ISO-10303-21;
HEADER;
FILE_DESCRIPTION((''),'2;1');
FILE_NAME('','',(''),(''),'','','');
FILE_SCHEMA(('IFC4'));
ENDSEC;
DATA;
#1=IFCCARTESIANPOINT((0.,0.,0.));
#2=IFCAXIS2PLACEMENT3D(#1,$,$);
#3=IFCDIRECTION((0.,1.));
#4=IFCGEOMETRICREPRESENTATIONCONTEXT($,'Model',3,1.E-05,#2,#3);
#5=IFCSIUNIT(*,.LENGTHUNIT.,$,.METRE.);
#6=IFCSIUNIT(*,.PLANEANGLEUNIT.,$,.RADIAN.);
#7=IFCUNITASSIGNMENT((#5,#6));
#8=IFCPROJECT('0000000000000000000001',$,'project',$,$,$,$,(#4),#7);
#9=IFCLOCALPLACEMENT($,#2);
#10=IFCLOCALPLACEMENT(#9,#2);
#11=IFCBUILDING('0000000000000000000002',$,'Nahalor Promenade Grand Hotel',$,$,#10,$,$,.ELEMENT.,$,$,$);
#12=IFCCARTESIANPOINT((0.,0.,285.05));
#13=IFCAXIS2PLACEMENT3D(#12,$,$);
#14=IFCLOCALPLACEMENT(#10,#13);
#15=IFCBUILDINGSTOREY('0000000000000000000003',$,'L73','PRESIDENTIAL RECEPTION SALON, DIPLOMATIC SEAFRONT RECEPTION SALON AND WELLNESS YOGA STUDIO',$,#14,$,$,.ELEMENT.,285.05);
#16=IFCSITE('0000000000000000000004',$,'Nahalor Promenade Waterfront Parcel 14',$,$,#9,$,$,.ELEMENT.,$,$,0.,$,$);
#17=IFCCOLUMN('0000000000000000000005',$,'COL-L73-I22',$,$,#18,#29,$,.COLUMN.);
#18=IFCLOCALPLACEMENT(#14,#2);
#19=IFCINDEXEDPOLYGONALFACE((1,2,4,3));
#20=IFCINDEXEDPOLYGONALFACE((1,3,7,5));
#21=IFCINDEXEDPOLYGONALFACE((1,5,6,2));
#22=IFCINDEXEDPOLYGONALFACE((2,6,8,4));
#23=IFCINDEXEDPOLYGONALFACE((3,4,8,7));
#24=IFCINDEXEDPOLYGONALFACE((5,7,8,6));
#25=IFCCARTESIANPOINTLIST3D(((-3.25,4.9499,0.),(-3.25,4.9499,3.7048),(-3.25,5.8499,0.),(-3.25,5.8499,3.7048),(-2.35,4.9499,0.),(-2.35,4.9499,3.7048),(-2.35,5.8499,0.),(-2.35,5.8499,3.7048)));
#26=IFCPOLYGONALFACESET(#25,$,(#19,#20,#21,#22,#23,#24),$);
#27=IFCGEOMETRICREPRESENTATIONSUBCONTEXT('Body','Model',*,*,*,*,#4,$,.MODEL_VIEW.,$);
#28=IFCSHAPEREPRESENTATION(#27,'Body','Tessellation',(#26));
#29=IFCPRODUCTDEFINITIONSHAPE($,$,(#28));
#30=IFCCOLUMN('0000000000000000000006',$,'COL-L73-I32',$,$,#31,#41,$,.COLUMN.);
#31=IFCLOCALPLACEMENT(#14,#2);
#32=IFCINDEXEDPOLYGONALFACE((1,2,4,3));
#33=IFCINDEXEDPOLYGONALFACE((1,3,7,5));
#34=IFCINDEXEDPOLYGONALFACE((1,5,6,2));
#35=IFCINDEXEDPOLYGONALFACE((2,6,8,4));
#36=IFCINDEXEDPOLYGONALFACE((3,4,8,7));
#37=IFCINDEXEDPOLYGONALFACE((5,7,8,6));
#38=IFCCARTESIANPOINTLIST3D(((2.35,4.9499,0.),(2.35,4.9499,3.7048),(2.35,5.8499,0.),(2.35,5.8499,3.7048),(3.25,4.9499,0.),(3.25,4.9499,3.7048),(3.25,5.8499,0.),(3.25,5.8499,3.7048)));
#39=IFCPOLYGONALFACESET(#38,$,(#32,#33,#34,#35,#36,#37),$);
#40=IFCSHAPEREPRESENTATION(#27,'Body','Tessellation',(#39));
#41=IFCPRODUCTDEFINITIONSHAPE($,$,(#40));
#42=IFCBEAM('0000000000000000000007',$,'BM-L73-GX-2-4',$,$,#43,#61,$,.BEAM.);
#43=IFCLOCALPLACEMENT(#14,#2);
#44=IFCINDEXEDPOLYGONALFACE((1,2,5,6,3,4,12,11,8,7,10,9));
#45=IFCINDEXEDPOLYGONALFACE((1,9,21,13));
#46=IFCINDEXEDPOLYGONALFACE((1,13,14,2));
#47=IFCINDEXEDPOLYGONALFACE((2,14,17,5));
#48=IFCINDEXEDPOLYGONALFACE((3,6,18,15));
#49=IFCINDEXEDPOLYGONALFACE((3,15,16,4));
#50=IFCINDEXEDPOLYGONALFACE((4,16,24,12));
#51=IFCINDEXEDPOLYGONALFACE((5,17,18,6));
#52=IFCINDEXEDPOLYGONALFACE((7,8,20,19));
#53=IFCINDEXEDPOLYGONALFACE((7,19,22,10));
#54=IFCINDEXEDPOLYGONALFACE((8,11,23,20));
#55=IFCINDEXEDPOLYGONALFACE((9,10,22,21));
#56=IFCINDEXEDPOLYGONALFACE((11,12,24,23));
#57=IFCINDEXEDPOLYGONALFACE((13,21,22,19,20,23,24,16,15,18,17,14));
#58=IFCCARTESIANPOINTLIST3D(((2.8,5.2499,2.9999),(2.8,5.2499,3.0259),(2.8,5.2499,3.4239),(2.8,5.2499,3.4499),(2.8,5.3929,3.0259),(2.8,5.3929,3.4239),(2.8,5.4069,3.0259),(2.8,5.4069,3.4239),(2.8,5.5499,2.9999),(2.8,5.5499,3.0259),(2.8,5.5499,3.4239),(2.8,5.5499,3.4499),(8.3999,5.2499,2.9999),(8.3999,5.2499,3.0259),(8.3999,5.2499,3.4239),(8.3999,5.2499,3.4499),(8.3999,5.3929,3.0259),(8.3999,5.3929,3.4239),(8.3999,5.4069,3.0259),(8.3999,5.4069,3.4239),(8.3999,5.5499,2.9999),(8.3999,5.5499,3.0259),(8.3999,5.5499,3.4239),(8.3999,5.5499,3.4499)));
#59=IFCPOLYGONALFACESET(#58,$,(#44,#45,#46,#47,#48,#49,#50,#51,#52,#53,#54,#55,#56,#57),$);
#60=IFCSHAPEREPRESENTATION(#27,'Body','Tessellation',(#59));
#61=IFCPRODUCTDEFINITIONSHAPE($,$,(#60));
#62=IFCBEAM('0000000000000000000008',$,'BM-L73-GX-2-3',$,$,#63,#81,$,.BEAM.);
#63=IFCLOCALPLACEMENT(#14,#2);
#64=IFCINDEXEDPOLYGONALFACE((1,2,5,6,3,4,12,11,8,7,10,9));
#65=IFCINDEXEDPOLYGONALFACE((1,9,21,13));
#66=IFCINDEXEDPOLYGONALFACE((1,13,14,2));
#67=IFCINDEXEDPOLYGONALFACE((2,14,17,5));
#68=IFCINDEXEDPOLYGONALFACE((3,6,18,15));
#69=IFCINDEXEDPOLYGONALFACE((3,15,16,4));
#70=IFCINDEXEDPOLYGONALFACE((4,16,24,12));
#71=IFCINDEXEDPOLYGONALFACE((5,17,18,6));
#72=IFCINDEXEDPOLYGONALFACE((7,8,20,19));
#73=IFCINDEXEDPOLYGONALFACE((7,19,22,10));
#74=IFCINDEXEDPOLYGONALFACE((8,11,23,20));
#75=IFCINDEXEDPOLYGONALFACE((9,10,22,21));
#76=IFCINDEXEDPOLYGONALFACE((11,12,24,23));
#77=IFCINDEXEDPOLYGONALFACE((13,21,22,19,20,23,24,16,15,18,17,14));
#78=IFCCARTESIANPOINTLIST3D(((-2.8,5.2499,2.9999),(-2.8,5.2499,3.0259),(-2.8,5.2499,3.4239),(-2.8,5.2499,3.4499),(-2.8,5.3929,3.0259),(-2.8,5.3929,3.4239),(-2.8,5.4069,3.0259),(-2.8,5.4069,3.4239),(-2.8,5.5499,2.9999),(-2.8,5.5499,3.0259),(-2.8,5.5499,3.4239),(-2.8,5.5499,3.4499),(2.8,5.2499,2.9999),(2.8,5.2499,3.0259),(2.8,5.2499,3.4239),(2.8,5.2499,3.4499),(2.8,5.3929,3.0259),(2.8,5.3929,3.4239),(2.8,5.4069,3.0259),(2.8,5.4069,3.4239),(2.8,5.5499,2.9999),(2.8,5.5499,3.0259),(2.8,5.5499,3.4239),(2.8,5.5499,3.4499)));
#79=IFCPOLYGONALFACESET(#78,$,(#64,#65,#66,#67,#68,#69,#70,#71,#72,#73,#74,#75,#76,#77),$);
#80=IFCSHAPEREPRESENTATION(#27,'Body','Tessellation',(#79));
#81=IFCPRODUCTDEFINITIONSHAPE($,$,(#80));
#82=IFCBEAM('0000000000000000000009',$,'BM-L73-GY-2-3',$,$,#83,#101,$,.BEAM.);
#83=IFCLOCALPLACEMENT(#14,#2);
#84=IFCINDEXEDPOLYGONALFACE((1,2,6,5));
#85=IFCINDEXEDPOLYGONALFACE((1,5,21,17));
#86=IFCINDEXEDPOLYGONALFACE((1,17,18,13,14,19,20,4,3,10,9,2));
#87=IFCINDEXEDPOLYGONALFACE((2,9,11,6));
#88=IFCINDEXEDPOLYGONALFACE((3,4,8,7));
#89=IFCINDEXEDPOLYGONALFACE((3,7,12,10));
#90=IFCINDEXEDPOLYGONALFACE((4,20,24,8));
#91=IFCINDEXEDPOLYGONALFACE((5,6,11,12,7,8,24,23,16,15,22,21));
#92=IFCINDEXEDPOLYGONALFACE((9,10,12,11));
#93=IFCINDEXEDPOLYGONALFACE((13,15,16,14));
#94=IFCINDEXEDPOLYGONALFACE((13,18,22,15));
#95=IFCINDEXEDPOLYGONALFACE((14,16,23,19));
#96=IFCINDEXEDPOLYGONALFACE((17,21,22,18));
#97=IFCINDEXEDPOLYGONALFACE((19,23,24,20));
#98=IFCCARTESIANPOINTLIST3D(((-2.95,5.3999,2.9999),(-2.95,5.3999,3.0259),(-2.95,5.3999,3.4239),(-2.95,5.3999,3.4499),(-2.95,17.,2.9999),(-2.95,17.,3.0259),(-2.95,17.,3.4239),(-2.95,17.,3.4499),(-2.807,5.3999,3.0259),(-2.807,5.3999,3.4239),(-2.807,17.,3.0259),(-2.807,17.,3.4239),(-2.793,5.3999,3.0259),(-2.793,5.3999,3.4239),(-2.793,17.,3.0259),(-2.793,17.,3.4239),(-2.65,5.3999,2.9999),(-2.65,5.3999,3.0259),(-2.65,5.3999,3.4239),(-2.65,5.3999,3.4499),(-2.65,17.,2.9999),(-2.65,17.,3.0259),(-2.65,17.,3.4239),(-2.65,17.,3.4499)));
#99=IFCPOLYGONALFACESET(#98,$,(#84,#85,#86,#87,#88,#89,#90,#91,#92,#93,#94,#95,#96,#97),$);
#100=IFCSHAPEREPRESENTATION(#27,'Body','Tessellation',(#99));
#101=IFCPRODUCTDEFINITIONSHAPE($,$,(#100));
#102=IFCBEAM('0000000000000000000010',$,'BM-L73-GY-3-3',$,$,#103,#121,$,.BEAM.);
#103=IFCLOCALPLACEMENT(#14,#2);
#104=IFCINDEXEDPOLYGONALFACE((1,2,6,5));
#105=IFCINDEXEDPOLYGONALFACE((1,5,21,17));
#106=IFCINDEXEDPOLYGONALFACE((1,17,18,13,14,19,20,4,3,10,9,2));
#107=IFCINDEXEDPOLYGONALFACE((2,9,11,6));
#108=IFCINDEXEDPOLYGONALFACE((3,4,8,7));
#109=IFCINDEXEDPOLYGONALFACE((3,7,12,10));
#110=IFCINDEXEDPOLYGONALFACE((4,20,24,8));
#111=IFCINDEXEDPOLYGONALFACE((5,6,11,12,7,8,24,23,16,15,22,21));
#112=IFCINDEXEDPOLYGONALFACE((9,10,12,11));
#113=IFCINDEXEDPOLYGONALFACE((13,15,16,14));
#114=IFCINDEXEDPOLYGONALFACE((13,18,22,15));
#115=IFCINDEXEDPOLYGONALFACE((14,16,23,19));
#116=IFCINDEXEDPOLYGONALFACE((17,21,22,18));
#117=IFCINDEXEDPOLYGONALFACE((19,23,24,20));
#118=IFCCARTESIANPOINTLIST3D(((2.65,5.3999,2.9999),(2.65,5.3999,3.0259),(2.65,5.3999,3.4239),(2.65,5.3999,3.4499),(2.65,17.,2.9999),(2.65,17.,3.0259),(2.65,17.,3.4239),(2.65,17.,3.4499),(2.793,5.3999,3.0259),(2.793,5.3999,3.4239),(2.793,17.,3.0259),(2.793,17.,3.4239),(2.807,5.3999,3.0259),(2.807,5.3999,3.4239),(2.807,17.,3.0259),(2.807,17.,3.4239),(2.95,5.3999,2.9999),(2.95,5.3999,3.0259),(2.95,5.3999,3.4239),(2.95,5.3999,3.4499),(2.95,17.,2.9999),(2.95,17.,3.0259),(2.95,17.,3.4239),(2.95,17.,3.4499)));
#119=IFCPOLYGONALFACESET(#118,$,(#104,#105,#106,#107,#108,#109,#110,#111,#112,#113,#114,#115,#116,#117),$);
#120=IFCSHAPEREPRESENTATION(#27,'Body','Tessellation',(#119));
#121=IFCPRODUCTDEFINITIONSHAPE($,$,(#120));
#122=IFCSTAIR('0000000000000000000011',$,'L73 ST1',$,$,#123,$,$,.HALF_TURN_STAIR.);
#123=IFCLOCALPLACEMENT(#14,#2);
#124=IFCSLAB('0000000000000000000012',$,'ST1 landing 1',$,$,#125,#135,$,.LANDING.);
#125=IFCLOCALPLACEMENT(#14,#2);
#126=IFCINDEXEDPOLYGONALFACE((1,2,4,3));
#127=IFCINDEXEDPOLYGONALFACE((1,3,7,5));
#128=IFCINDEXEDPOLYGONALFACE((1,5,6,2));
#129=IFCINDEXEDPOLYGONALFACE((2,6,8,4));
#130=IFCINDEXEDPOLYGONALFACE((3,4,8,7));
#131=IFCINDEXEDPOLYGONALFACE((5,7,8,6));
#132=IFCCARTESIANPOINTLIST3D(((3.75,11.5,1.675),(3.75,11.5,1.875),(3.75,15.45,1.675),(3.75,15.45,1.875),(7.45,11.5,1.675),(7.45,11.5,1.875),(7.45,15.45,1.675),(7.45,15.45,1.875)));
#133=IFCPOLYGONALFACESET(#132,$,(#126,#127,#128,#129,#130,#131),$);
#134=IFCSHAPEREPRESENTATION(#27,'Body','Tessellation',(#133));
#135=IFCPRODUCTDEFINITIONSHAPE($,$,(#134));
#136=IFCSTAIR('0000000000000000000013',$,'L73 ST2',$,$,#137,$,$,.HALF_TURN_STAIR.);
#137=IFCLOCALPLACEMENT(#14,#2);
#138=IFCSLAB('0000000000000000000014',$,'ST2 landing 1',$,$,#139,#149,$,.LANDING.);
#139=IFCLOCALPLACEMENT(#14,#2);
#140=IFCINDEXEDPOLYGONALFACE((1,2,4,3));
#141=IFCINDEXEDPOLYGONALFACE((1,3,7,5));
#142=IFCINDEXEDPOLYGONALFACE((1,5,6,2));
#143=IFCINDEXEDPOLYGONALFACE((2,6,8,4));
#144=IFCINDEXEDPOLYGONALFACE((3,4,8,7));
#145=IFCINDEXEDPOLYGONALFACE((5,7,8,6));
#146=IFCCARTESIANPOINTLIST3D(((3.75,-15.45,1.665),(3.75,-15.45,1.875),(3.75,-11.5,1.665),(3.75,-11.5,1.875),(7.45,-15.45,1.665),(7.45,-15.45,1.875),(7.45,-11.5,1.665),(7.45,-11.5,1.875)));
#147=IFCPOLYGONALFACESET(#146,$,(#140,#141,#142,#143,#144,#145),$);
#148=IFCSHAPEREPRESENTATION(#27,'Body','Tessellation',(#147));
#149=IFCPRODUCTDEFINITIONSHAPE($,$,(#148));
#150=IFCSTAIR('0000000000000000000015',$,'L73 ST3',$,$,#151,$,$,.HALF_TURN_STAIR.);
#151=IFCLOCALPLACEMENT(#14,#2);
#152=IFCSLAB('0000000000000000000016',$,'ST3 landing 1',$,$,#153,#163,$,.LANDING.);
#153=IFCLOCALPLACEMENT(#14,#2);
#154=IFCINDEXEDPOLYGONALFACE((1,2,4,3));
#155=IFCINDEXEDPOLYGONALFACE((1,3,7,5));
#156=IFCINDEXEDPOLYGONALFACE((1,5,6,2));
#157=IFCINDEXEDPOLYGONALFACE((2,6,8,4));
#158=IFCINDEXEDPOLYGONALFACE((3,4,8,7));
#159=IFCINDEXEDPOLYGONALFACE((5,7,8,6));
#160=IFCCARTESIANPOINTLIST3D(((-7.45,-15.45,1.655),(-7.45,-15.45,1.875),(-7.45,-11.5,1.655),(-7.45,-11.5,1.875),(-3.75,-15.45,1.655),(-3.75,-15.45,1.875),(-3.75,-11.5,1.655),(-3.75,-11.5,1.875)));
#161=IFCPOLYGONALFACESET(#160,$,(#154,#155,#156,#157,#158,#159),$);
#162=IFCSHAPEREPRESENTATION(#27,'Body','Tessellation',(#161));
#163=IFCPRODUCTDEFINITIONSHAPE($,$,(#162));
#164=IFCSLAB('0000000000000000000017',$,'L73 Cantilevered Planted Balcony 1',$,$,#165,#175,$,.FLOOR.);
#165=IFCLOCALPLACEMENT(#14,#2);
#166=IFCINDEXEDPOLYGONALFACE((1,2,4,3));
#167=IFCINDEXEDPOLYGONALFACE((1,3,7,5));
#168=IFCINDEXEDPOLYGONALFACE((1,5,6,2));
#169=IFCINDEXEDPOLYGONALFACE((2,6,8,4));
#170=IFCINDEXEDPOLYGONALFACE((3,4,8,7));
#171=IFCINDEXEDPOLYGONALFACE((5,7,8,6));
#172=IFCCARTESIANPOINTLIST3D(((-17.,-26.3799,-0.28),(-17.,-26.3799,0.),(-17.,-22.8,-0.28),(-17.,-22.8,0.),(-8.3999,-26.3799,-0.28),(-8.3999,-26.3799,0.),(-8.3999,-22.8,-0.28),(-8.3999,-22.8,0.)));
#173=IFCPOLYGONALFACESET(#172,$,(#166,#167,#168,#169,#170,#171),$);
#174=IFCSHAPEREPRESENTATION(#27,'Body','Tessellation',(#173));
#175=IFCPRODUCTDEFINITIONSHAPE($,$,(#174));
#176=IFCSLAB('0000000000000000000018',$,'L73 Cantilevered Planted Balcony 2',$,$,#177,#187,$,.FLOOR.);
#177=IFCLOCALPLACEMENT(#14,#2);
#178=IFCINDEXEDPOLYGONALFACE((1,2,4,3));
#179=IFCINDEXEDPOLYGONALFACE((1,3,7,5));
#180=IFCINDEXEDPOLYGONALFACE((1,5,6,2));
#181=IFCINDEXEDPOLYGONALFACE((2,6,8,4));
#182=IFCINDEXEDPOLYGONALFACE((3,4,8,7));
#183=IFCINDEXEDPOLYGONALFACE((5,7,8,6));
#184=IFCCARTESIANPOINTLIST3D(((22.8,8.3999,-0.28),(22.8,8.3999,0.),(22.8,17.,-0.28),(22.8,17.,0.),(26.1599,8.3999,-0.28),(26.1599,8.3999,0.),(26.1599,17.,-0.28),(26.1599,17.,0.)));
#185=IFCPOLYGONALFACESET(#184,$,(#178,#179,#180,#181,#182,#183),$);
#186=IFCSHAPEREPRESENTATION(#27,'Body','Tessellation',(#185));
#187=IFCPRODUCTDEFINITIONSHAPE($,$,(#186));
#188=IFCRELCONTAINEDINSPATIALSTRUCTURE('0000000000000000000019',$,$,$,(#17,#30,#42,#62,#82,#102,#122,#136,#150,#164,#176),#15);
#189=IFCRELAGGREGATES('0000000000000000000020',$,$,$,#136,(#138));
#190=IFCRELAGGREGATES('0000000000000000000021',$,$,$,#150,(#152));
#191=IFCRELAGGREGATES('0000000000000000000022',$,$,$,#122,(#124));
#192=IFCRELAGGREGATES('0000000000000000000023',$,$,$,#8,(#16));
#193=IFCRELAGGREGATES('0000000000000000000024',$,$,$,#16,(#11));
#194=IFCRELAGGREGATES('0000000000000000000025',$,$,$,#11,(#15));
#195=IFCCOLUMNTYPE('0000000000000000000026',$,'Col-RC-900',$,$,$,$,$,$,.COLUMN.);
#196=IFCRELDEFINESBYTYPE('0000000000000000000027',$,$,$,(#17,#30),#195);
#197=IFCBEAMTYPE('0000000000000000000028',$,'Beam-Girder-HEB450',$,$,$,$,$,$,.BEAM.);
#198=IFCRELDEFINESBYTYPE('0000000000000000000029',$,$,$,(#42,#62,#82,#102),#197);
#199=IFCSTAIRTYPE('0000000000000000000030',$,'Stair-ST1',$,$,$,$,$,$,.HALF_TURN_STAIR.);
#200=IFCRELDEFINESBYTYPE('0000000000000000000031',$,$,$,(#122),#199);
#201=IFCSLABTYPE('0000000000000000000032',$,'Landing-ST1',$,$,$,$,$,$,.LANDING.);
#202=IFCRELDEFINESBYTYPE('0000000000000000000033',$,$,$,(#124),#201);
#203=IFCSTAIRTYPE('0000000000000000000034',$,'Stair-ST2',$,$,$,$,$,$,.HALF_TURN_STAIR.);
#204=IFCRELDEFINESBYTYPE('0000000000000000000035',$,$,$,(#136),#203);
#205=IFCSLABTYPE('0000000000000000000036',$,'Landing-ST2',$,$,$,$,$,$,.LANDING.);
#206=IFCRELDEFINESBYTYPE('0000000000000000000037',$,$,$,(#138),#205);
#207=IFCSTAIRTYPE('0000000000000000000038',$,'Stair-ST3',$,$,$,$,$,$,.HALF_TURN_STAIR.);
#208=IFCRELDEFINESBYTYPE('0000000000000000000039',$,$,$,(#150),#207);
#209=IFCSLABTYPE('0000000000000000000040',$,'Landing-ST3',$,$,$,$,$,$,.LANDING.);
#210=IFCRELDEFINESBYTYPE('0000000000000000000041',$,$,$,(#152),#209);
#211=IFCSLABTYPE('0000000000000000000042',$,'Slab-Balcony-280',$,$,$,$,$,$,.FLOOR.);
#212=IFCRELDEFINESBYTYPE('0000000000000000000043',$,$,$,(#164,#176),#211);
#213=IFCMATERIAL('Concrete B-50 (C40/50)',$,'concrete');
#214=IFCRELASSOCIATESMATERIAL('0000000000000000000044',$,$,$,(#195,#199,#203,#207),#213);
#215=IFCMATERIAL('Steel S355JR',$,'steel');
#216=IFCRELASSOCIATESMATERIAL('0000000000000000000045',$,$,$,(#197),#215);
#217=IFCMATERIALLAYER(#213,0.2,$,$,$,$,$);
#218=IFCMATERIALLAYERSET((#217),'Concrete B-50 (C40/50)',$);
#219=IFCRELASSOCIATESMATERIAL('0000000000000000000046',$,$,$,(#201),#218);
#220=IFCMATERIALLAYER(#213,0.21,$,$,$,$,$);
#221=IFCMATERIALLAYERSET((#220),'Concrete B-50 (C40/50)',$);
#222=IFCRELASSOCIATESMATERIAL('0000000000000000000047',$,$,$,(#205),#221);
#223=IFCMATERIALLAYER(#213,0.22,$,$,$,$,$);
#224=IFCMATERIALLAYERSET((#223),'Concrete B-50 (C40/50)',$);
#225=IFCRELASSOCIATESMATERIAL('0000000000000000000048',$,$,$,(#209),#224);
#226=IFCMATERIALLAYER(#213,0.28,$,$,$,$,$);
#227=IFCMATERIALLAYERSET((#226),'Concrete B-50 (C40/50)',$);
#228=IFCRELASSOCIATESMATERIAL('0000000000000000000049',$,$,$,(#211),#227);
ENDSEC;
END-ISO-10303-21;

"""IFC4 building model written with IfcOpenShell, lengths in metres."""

from ifc_helpers import new_model, si_unit, direction, frame, origin, origin_2d, place, context, subcontext, project, spatial, polyline, rectangle, i_section, outline, extrude, source, transform, mapped, material, layer, layer_set, material_profile, profile_set, type_object, element, aggregate, save


model = new_model("IFC4")

# Units and contexts
model_context = context("Model", 3, precision=1e-05, world=origin(), true_north=direction((0.0, 1.0)))
body_context = subcontext(model_context, "Body", "Model", "MODEL_VIEW")
ifc_project = project(units=[si_unit("LENGTHUNIT", "METRE"), si_unit("PLANEANGLEUNIT", "RADIAN")], contexts=[model_context])

# Site, building, storey
site_placement = place(None, origin())
site = spatial("IfcSite", under=ifc_project, at=site_placement, Name="Nahalor Promenade Waterfront Parcel 14", CompositionType="ELEMENT", RefElevation=0.0)
building_placement = place(site_placement, origin())
building = spatial("IfcBuilding", under=site, at=building_placement, Name="Nahalor Promenade Grand Hotel", CompositionType="ELEMENT")
storey_placement = place(building_placement, frame((0.0, 0.0, 285.05)))
storey = spatial("IfcBuildingStorey", under=building, at=storey_placement, Name="L73", Description="PRESIDENTIAL RECEPTION SALON, DIPLOMATIC SEAFRONT RECEPTION SALON AND WELLNESS YOGA STUDIO", CompositionType="ELEMENT", Elevation=285.05)

# Columns
ifc_material_1 = material(Name="Concrete B-50 (C40/50)", Category="concrete")
ifc_material_profile_1 = material_profile(ifc_material_1, rectangle(XDim=0.9, YDim=0.9, at=origin_2d()), Name="RC 900x900")
ifc_profile_set_1 = profile_set([ifc_material_profile_1], Name="Concrete B-50 (C40/50)")
column_type = type_object("IfcColumnType", Name="Col-RC-900", PredefinedType="COLUMN", material=ifc_profile_set_1)
shared_shape_1 = source(origin(), body_context, "Body", "SweptSolid", [
    extrude(rectangle(XDim=0.9, YDim=0.9, at=origin_2d()), origin(), (0.0, 0.0, 1.0), 3.7048),
])
for number, where, z_axis, x_axis, name in (
    (1, (-2.8, 5.3999, 0.0), (0.0, 0.0, 1.0), (1.0, 0.0, 0.0), "COL-L73-I22"),
    (2, (2.8, 5.3999, 0.0), (0.0, 0.0, 1.0), (1.0, 0.0, 0.0), "COL-L73-I32"),
):
    element("IfcColumn", number, at=place(storey_placement, frame(where, z_axis=z_axis, x_axis=x_axis)), inside=storey, type_object=column_type, Name=name, PredefinedType="COLUMN", context=body_context, shape_type="MappedRepresentation", body=[
        mapped(shared_shape_1, transform((0.0, 0.0, 0.0), scale=1.0)),
    ])

# Beams
ifc_material_2 = material(Name="Steel S355JR", Category="steel")
ifc_material_profile_2 = material_profile(ifc_material_2, i_section(OverallWidth=0.3, OverallDepth=0.45, WebThickness=0.014, FlangeThickness=0.026, at=origin_2d()), Name="HEB 450")
ifc_profile_set_2 = profile_set([ifc_material_profile_2], Name="Steel S355JR")
beam_type = type_object("IfcBeamType", Name="Beam-Girder-HEB450", PredefinedType="BEAM", material=ifc_profile_set_2)
shared_shape_2 = source(origin(), body_context, "Body", "SweptSolid", [
    extrude(i_section(OverallWidth=0.3, OverallDepth=0.45, WebThickness=0.014, FlangeThickness=0.026, at=origin_2d()), origin(), (0.0, 0.0, 1.0), 5.5999),
])
beam_1_placement = place(storey_placement, frame((2.8, 5.3999, 3.2249), z_axis=(1.0, 0.0, 0.0), x_axis=(0.0, 1.0, 0.0)))
element("IfcBeam", 3, at=beam_1_placement, inside=storey, type_object=beam_type, Name="BM-L73-GX-2-4", PredefinedType="BEAM", context=body_context, shape_type="MappedRepresentation", body=[
    mapped(shared_shape_2, transform((0.0, 0.0, 0.0), scale=1.0)),
])
shared_shape_3 = source(origin(), body_context, "Body", "SweptSolid", [
    extrude(i_section(OverallWidth=0.3, OverallDepth=0.45, WebThickness=0.014, FlangeThickness=0.026, at=origin_2d()), origin(), (0.0, 0.0, 1.0), 5.6001),
])
beam_2_placement = place(storey_placement, frame((-2.8, 5.3999, 3.2249), z_axis=(1.0, 0.0, 0.0), x_axis=(0.0, 1.0, 0.0)))
element("IfcBeam", 4, at=beam_2_placement, inside=storey, type_object=beam_type, Name="BM-L73-GX-2-3", PredefinedType="BEAM", context=body_context, shape_type="MappedRepresentation", body=[
    mapped(shared_shape_3, transform((0.0, 0.0, 0.0), scale=1.0)),
])
shared_shape_4 = source(origin(), body_context, "Body", "SweptSolid", [
    extrude(i_section(OverallWidth=0.3, OverallDepth=0.45, WebThickness=0.014, FlangeThickness=0.026, at=origin_2d()), origin(), (0.0, 0.0, 1.0), 11.6001),
])
for number, where, z_axis, x_axis, name in (
    (5, (-2.8, 5.3999, 3.2249), (0.0, 1.0, 0.0), (-1.0, 0.0, 0.0), "BM-L73-GY-2-3"),
    (6, (2.8, 5.3999, 3.2249), (0.0, 1.0, 0.0), (-1.0, 0.0, 0.0), "BM-L73-GY-3-3"),
):
    element("IfcBeam", number, at=place(storey_placement, frame(where, z_axis=z_axis, x_axis=x_axis)), inside=storey, type_object=beam_type, Name=name, PredefinedType="BEAM", context=body_context, shape_type="MappedRepresentation", body=[
        mapped(shared_shape_4, transform((0.0, 0.0, 0.0), scale=1.0)),
    ])

# Stairs, slabs
stair_type_1 = type_object("IfcStairType", Name="Stair-ST1", PredefinedType="HALF_TURN_STAIR", material=ifc_material_1)
stair_1_placement = place(storey_placement, origin())
stair_1 = element("IfcStair", 7, at=stair_1_placement, inside=storey, type_object=stair_type_1, Name="L73 ST1", PredefinedType="HALF_TURN_STAIR")
ifc_layer_1 = layer(ifc_material_1, 0.2)
ifc_layer_set_1 = layer_set([ifc_layer_1], Name="Concrete B-50 (C40/50)")
slab_type_1 = type_object("IfcSlabType", Name="Landing-ST1", PredefinedType="LANDING", material=ifc_layer_set_1)
slab_1_placement = place(storey_placement, frame((0.0, 0.0, 1.675)))
slab_1 = element("IfcSlab", 8, at=slab_1_placement, type_object=slab_type_1, Name="ST1 landing 1", PredefinedType="LANDING", context=body_context, shape_type="SweptSolid", body=[
    extrude(outline(polyline([(7.45, 11.5), (7.45, 15.45), (3.75, 15.45), (3.75, 11.5), (7.45, 11.5)])), origin(), (0.0, 0.0, 1.0), 0.2),
])
stair_type_2 = type_object("IfcStairType", Name="Stair-ST2", PredefinedType="HALF_TURN_STAIR", material=ifc_material_1)
stair_2_placement = place(storey_placement, origin())
stair_2 = element("IfcStair", 9, at=stair_2_placement, inside=storey, type_object=stair_type_2, Name="L73 ST2", PredefinedType="HALF_TURN_STAIR")
ifc_layer_2 = layer(ifc_material_1, 0.21)
ifc_layer_set_2 = layer_set([ifc_layer_2], Name="Concrete B-50 (C40/50)")
slab_type_2 = type_object("IfcSlabType", Name="Landing-ST2", PredefinedType="LANDING", material=ifc_layer_set_2)
slab_2_placement = place(storey_placement, frame((0.0, 0.0, 1.665)))
slab_2 = element("IfcSlab", 10, at=slab_2_placement, type_object=slab_type_2, Name="ST2 landing 1", PredefinedType="LANDING", context=body_context, shape_type="SweptSolid", body=[
    extrude(outline(polyline([(3.75, -11.5), (3.75, -15.45), (7.45, -15.45), (7.45, -11.5), (3.75, -11.5)])), origin(), (0.0, 0.0, 1.0), 0.21),
])
aggregate(stair_2, [slab_2])
stair_type_3 = type_object("IfcStairType", Name="Stair-ST3", PredefinedType="HALF_TURN_STAIR", material=ifc_material_1)
stair_3_placement = place(storey_placement, origin())
stair_3 = element("IfcStair", 11, at=stair_3_placement, inside=storey, type_object=stair_type_3, Name="L73 ST3", PredefinedType="HALF_TURN_STAIR")
ifc_layer_3 = layer(ifc_material_1, 0.22)
ifc_layer_set_3 = layer_set([ifc_layer_3], Name="Concrete B-50 (C40/50)")
slab_type_3 = type_object("IfcSlabType", Name="Landing-ST3", PredefinedType="LANDING", material=ifc_layer_set_3)
slab_3_placement = place(storey_placement, frame((0.0, 0.0, 1.655)))
slab_3 = element("IfcSlab", 12, at=slab_3_placement, type_object=slab_type_3, Name="ST3 landing 1", PredefinedType="LANDING", context=body_context, shape_type="SweptSolid", body=[
    extrude(outline(polyline([(-7.45, -11.5), (-7.45, -15.45), (-3.75, -15.45), (-3.75, -11.5), (-7.45, -11.5)])), origin(), (0.0, 0.0, 1.0), 0.22),
])
aggregate(stair_3, [slab_3])

# Slabs
ifc_layer_4 = layer(ifc_material_1, 0.28)
ifc_layer_set_4 = layer_set([ifc_layer_4], Name="Concrete B-50 (C40/50)")
slab_type_4 = type_object("IfcSlabType", Name="Slab-Balcony-280", PredefinedType="FLOOR", material=ifc_layer_set_4)
slab_4_placement = place(storey_placement, frame((0.0, 0.0, -0.28)))
element("IfcSlab", 13, at=slab_4_placement, inside=storey, type_object=slab_type_4, Name="L73 Cantilevered Planted Balcony 1", PredefinedType="FLOOR", context=body_context, shape_type="SweptSolid", body=[
    extrude(outline(polyline([(-17.0, -26.3799), (-8.3999, -26.3799), (-8.3999, -22.8), (-17.0, -22.8), (-17.0, -26.3799)])), origin(), (0.0, 0.0, 1.0), 0.28),
])
slab_5_placement = place(storey_placement, frame((0.0, 0.0, -0.28)))
element("IfcSlab", 14, at=slab_5_placement, inside=storey, type_object=slab_type_4, Name="L73 Cantilevered Planted Balcony 2", PredefinedType="FLOOR", context=body_context, shape_type="SweptSolid", body=[
    extrude(outline(polyline([(22.8, 8.3999), (26.1599, 8.3999), (26.1599, 17.0), (22.8, 17.0), (22.8, 8.3999)])), origin(), (0.0, 0.0, 1.0), 0.28),
])

aggregate(stair_1, [slab_1])

save(model, "model.ifc")
